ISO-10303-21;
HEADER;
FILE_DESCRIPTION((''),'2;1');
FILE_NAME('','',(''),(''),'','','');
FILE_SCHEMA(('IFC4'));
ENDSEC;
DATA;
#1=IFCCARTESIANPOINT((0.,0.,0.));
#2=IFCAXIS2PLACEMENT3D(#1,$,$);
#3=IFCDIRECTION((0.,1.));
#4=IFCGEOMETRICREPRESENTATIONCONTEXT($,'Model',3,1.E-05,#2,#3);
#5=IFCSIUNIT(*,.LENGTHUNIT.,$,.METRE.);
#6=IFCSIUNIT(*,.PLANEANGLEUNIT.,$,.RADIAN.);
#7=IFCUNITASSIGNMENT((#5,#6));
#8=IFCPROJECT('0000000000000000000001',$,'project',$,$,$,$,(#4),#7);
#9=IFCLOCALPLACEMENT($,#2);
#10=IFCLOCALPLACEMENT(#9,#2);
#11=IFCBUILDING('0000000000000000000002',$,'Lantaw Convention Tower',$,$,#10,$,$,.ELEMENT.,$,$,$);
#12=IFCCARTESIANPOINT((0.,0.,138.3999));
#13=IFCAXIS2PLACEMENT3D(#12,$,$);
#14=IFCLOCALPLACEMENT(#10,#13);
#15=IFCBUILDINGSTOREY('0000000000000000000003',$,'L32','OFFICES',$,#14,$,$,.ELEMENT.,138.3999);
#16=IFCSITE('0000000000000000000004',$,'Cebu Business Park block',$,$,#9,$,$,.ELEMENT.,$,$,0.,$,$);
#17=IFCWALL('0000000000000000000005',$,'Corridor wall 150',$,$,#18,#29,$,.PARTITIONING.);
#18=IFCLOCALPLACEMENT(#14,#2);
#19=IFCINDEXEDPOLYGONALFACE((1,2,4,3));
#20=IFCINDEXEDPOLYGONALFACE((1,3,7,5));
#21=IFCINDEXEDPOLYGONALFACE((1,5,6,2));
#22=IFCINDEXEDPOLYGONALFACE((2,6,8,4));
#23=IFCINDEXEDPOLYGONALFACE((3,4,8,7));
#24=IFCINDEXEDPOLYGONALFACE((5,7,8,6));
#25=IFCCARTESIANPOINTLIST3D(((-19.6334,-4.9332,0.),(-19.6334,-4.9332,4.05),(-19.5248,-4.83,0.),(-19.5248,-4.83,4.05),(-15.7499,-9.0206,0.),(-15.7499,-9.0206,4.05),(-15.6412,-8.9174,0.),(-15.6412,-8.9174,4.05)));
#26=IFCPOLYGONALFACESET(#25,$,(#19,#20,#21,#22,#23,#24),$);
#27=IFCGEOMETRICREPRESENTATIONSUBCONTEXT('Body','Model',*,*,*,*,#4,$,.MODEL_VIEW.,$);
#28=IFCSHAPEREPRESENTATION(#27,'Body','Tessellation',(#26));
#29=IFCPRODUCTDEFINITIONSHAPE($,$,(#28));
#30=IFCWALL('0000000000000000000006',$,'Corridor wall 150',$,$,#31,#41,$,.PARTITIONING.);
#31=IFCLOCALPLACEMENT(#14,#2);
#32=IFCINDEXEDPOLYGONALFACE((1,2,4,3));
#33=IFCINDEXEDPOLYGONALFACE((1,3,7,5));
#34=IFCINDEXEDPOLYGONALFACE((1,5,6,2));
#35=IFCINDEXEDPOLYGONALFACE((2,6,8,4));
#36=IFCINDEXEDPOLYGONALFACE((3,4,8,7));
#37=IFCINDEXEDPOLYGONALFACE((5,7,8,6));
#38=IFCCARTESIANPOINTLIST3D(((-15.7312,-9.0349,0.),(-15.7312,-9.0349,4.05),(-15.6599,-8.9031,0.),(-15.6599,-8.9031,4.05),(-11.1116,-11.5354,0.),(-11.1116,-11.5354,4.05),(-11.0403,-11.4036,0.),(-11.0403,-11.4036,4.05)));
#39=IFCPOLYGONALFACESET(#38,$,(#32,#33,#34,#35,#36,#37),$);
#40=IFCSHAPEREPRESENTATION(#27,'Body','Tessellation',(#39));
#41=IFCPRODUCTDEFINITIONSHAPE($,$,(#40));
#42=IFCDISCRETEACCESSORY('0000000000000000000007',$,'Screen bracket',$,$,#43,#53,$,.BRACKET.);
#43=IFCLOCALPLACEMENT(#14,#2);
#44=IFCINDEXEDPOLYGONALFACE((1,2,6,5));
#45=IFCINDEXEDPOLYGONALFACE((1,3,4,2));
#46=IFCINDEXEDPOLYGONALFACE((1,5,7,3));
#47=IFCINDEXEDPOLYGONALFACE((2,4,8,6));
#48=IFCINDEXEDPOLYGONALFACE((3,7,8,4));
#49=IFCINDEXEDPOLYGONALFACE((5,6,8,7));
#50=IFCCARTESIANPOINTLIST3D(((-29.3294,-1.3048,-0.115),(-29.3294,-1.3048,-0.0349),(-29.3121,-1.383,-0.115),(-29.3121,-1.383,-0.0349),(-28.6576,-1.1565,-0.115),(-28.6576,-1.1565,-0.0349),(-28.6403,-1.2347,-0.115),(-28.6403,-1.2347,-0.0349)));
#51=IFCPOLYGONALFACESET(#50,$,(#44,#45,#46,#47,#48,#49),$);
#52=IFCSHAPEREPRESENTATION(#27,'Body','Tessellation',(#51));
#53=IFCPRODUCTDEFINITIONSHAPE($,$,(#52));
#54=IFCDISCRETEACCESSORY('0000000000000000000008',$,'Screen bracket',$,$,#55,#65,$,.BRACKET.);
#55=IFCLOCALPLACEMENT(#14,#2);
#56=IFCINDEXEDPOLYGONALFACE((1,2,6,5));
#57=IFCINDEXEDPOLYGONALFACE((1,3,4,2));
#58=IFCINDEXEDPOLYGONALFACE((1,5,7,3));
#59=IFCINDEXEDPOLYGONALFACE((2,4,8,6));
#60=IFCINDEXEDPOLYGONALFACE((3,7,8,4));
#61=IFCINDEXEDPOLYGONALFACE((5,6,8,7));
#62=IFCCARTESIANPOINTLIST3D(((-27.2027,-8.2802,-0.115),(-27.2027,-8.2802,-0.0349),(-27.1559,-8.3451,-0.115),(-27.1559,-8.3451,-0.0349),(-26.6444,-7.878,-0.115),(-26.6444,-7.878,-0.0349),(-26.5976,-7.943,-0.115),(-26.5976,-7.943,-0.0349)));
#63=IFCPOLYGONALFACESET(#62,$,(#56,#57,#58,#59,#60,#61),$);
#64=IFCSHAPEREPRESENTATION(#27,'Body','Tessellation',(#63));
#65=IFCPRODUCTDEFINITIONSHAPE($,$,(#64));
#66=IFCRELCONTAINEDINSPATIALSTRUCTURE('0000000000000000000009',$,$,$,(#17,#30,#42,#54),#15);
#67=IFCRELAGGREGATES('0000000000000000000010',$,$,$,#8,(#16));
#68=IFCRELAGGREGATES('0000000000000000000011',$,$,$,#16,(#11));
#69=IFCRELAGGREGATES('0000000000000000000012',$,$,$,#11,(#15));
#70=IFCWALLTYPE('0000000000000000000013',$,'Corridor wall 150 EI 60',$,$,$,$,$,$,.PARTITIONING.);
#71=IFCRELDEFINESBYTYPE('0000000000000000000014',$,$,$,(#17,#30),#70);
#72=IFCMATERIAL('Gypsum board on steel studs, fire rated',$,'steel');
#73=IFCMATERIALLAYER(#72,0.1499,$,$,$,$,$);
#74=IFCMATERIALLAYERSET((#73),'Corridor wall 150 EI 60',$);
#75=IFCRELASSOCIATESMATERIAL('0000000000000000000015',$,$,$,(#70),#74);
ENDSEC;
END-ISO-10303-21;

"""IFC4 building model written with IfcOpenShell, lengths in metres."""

from ifc_helpers import new_model, si_unit, direction, frame, frame_2d, origin, origin_2d, place, context, subcontext, project, spatial, rectangle, extrude, material, layer, layer_set, type_object, element, save


model = new_model("IFC4")

# Units and contexts
model_context = context("Model", 3, precision=1e-05, world=origin(), true_north=direction((0.0, 1.0)))
body_context = subcontext(model_context, "Body", "Model", "MODEL_VIEW")
ifc_project = project(units=[si_unit("LENGTHUNIT", "METRE"), si_unit("PLANEANGLEUNIT", "RADIAN")], contexts=[model_context])

# Site, building, storey
site_placement = place(None, origin())
site = spatial("IfcSite", under=ifc_project, at=site_placement, Name="Cebu Business Park block", CompositionType="ELEMENT", RefElevation=0.0)
building_placement = place(site_placement, origin())
building = spatial("IfcBuilding", under=site, at=building_placement, Name="Lantaw Convention Tower", CompositionType="ELEMENT")
storey_placement = place(building_placement, frame((0.0, 0.0, 138.3999)))
storey = spatial("IfcBuildingStorey", under=building, at=storey_placement, Name="L32", Description="OFFICES", CompositionType="ELEMENT", Elevation=138.3999)

# Walls
ifc_material_1 = material(Name="Gypsum board on steel studs, fire rated", Category="steel")
ifc_layer_1 = layer(ifc_material_1, 0.1499)
ifc_layer_set_1 = layer_set([ifc_layer_1], Name="Corridor wall 150 EI 60")
wall_type = type_object("IfcWallType", Name="Corridor wall 150 EI 60", PredefinedType="PARTITIONING", material=ifc_layer_set_1)
wall_1_placement = place(storey_placement, frame((-19.5791, -4.8816, 0.0), z_axis=(0.0, 0.0, 1.0), x_axis=(0.688797, -0.724954, 0.0)))
element("IfcWall", 1, at=wall_1_placement, inside=storey, type_object=wall_type, Name="Corridor wall 150", PredefinedType="PARTITIONING", context=body_context, shape_type="SweptSolid", body=[
    extrude(rectangle(XDim=5.6382, YDim=0.1499, at=frame_2d((2.8191, 0.0))), origin(), (0.0, 0.0, 1.0), 4.05),
])
wall_2_placement = place(storey_placement, frame((-15.6956, -8.969, 0.0), z_axis=(0.0, 0.0, 1.0), x_axis=(0.879436, -0.476017, 0.0)))
element("IfcWall", 2, at=wall_2_placement, inside=storey, type_object=wall_type, Name="Corridor wall 150", PredefinedType="PARTITIONING", context=body_context, shape_type="SweptSolid", body=[
    extrude(rectangle(XDim=5.2529, YDim=0.1499, at=frame_2d((2.6265, 0.0))), origin(), (0.0, 0.0, 1.0), 4.05),
])

# Discrete accessories
for number, where, z_axis, x_axis, name in (
    (3, (-28.9849, -1.2698, -0.115), (0.0, 0.0, 1.0), (0.215546, -0.976494, 0.0), "Screen bracket"),
    (4, (-26.9001, -8.1116, -0.115), (0.0, 0.0, 1.0), (0.584513, -0.811385, 0.0), "Screen bracket"),
):
    element("IfcDiscreteAccessory", number, at=place(storey_placement, frame(where, z_axis=z_axis, x_axis=x_axis)), inside=storey, Name=name, PredefinedType="BRACKET", context=body_context, shape_type="SweptSolid", body=[
        extrude(rectangle(XDim=0.0801, YDim=0.688, at=origin_2d()), origin(), (0.0, 0.0, 1.0), 0.0801),
    ])

save(model, "model.ifc")
